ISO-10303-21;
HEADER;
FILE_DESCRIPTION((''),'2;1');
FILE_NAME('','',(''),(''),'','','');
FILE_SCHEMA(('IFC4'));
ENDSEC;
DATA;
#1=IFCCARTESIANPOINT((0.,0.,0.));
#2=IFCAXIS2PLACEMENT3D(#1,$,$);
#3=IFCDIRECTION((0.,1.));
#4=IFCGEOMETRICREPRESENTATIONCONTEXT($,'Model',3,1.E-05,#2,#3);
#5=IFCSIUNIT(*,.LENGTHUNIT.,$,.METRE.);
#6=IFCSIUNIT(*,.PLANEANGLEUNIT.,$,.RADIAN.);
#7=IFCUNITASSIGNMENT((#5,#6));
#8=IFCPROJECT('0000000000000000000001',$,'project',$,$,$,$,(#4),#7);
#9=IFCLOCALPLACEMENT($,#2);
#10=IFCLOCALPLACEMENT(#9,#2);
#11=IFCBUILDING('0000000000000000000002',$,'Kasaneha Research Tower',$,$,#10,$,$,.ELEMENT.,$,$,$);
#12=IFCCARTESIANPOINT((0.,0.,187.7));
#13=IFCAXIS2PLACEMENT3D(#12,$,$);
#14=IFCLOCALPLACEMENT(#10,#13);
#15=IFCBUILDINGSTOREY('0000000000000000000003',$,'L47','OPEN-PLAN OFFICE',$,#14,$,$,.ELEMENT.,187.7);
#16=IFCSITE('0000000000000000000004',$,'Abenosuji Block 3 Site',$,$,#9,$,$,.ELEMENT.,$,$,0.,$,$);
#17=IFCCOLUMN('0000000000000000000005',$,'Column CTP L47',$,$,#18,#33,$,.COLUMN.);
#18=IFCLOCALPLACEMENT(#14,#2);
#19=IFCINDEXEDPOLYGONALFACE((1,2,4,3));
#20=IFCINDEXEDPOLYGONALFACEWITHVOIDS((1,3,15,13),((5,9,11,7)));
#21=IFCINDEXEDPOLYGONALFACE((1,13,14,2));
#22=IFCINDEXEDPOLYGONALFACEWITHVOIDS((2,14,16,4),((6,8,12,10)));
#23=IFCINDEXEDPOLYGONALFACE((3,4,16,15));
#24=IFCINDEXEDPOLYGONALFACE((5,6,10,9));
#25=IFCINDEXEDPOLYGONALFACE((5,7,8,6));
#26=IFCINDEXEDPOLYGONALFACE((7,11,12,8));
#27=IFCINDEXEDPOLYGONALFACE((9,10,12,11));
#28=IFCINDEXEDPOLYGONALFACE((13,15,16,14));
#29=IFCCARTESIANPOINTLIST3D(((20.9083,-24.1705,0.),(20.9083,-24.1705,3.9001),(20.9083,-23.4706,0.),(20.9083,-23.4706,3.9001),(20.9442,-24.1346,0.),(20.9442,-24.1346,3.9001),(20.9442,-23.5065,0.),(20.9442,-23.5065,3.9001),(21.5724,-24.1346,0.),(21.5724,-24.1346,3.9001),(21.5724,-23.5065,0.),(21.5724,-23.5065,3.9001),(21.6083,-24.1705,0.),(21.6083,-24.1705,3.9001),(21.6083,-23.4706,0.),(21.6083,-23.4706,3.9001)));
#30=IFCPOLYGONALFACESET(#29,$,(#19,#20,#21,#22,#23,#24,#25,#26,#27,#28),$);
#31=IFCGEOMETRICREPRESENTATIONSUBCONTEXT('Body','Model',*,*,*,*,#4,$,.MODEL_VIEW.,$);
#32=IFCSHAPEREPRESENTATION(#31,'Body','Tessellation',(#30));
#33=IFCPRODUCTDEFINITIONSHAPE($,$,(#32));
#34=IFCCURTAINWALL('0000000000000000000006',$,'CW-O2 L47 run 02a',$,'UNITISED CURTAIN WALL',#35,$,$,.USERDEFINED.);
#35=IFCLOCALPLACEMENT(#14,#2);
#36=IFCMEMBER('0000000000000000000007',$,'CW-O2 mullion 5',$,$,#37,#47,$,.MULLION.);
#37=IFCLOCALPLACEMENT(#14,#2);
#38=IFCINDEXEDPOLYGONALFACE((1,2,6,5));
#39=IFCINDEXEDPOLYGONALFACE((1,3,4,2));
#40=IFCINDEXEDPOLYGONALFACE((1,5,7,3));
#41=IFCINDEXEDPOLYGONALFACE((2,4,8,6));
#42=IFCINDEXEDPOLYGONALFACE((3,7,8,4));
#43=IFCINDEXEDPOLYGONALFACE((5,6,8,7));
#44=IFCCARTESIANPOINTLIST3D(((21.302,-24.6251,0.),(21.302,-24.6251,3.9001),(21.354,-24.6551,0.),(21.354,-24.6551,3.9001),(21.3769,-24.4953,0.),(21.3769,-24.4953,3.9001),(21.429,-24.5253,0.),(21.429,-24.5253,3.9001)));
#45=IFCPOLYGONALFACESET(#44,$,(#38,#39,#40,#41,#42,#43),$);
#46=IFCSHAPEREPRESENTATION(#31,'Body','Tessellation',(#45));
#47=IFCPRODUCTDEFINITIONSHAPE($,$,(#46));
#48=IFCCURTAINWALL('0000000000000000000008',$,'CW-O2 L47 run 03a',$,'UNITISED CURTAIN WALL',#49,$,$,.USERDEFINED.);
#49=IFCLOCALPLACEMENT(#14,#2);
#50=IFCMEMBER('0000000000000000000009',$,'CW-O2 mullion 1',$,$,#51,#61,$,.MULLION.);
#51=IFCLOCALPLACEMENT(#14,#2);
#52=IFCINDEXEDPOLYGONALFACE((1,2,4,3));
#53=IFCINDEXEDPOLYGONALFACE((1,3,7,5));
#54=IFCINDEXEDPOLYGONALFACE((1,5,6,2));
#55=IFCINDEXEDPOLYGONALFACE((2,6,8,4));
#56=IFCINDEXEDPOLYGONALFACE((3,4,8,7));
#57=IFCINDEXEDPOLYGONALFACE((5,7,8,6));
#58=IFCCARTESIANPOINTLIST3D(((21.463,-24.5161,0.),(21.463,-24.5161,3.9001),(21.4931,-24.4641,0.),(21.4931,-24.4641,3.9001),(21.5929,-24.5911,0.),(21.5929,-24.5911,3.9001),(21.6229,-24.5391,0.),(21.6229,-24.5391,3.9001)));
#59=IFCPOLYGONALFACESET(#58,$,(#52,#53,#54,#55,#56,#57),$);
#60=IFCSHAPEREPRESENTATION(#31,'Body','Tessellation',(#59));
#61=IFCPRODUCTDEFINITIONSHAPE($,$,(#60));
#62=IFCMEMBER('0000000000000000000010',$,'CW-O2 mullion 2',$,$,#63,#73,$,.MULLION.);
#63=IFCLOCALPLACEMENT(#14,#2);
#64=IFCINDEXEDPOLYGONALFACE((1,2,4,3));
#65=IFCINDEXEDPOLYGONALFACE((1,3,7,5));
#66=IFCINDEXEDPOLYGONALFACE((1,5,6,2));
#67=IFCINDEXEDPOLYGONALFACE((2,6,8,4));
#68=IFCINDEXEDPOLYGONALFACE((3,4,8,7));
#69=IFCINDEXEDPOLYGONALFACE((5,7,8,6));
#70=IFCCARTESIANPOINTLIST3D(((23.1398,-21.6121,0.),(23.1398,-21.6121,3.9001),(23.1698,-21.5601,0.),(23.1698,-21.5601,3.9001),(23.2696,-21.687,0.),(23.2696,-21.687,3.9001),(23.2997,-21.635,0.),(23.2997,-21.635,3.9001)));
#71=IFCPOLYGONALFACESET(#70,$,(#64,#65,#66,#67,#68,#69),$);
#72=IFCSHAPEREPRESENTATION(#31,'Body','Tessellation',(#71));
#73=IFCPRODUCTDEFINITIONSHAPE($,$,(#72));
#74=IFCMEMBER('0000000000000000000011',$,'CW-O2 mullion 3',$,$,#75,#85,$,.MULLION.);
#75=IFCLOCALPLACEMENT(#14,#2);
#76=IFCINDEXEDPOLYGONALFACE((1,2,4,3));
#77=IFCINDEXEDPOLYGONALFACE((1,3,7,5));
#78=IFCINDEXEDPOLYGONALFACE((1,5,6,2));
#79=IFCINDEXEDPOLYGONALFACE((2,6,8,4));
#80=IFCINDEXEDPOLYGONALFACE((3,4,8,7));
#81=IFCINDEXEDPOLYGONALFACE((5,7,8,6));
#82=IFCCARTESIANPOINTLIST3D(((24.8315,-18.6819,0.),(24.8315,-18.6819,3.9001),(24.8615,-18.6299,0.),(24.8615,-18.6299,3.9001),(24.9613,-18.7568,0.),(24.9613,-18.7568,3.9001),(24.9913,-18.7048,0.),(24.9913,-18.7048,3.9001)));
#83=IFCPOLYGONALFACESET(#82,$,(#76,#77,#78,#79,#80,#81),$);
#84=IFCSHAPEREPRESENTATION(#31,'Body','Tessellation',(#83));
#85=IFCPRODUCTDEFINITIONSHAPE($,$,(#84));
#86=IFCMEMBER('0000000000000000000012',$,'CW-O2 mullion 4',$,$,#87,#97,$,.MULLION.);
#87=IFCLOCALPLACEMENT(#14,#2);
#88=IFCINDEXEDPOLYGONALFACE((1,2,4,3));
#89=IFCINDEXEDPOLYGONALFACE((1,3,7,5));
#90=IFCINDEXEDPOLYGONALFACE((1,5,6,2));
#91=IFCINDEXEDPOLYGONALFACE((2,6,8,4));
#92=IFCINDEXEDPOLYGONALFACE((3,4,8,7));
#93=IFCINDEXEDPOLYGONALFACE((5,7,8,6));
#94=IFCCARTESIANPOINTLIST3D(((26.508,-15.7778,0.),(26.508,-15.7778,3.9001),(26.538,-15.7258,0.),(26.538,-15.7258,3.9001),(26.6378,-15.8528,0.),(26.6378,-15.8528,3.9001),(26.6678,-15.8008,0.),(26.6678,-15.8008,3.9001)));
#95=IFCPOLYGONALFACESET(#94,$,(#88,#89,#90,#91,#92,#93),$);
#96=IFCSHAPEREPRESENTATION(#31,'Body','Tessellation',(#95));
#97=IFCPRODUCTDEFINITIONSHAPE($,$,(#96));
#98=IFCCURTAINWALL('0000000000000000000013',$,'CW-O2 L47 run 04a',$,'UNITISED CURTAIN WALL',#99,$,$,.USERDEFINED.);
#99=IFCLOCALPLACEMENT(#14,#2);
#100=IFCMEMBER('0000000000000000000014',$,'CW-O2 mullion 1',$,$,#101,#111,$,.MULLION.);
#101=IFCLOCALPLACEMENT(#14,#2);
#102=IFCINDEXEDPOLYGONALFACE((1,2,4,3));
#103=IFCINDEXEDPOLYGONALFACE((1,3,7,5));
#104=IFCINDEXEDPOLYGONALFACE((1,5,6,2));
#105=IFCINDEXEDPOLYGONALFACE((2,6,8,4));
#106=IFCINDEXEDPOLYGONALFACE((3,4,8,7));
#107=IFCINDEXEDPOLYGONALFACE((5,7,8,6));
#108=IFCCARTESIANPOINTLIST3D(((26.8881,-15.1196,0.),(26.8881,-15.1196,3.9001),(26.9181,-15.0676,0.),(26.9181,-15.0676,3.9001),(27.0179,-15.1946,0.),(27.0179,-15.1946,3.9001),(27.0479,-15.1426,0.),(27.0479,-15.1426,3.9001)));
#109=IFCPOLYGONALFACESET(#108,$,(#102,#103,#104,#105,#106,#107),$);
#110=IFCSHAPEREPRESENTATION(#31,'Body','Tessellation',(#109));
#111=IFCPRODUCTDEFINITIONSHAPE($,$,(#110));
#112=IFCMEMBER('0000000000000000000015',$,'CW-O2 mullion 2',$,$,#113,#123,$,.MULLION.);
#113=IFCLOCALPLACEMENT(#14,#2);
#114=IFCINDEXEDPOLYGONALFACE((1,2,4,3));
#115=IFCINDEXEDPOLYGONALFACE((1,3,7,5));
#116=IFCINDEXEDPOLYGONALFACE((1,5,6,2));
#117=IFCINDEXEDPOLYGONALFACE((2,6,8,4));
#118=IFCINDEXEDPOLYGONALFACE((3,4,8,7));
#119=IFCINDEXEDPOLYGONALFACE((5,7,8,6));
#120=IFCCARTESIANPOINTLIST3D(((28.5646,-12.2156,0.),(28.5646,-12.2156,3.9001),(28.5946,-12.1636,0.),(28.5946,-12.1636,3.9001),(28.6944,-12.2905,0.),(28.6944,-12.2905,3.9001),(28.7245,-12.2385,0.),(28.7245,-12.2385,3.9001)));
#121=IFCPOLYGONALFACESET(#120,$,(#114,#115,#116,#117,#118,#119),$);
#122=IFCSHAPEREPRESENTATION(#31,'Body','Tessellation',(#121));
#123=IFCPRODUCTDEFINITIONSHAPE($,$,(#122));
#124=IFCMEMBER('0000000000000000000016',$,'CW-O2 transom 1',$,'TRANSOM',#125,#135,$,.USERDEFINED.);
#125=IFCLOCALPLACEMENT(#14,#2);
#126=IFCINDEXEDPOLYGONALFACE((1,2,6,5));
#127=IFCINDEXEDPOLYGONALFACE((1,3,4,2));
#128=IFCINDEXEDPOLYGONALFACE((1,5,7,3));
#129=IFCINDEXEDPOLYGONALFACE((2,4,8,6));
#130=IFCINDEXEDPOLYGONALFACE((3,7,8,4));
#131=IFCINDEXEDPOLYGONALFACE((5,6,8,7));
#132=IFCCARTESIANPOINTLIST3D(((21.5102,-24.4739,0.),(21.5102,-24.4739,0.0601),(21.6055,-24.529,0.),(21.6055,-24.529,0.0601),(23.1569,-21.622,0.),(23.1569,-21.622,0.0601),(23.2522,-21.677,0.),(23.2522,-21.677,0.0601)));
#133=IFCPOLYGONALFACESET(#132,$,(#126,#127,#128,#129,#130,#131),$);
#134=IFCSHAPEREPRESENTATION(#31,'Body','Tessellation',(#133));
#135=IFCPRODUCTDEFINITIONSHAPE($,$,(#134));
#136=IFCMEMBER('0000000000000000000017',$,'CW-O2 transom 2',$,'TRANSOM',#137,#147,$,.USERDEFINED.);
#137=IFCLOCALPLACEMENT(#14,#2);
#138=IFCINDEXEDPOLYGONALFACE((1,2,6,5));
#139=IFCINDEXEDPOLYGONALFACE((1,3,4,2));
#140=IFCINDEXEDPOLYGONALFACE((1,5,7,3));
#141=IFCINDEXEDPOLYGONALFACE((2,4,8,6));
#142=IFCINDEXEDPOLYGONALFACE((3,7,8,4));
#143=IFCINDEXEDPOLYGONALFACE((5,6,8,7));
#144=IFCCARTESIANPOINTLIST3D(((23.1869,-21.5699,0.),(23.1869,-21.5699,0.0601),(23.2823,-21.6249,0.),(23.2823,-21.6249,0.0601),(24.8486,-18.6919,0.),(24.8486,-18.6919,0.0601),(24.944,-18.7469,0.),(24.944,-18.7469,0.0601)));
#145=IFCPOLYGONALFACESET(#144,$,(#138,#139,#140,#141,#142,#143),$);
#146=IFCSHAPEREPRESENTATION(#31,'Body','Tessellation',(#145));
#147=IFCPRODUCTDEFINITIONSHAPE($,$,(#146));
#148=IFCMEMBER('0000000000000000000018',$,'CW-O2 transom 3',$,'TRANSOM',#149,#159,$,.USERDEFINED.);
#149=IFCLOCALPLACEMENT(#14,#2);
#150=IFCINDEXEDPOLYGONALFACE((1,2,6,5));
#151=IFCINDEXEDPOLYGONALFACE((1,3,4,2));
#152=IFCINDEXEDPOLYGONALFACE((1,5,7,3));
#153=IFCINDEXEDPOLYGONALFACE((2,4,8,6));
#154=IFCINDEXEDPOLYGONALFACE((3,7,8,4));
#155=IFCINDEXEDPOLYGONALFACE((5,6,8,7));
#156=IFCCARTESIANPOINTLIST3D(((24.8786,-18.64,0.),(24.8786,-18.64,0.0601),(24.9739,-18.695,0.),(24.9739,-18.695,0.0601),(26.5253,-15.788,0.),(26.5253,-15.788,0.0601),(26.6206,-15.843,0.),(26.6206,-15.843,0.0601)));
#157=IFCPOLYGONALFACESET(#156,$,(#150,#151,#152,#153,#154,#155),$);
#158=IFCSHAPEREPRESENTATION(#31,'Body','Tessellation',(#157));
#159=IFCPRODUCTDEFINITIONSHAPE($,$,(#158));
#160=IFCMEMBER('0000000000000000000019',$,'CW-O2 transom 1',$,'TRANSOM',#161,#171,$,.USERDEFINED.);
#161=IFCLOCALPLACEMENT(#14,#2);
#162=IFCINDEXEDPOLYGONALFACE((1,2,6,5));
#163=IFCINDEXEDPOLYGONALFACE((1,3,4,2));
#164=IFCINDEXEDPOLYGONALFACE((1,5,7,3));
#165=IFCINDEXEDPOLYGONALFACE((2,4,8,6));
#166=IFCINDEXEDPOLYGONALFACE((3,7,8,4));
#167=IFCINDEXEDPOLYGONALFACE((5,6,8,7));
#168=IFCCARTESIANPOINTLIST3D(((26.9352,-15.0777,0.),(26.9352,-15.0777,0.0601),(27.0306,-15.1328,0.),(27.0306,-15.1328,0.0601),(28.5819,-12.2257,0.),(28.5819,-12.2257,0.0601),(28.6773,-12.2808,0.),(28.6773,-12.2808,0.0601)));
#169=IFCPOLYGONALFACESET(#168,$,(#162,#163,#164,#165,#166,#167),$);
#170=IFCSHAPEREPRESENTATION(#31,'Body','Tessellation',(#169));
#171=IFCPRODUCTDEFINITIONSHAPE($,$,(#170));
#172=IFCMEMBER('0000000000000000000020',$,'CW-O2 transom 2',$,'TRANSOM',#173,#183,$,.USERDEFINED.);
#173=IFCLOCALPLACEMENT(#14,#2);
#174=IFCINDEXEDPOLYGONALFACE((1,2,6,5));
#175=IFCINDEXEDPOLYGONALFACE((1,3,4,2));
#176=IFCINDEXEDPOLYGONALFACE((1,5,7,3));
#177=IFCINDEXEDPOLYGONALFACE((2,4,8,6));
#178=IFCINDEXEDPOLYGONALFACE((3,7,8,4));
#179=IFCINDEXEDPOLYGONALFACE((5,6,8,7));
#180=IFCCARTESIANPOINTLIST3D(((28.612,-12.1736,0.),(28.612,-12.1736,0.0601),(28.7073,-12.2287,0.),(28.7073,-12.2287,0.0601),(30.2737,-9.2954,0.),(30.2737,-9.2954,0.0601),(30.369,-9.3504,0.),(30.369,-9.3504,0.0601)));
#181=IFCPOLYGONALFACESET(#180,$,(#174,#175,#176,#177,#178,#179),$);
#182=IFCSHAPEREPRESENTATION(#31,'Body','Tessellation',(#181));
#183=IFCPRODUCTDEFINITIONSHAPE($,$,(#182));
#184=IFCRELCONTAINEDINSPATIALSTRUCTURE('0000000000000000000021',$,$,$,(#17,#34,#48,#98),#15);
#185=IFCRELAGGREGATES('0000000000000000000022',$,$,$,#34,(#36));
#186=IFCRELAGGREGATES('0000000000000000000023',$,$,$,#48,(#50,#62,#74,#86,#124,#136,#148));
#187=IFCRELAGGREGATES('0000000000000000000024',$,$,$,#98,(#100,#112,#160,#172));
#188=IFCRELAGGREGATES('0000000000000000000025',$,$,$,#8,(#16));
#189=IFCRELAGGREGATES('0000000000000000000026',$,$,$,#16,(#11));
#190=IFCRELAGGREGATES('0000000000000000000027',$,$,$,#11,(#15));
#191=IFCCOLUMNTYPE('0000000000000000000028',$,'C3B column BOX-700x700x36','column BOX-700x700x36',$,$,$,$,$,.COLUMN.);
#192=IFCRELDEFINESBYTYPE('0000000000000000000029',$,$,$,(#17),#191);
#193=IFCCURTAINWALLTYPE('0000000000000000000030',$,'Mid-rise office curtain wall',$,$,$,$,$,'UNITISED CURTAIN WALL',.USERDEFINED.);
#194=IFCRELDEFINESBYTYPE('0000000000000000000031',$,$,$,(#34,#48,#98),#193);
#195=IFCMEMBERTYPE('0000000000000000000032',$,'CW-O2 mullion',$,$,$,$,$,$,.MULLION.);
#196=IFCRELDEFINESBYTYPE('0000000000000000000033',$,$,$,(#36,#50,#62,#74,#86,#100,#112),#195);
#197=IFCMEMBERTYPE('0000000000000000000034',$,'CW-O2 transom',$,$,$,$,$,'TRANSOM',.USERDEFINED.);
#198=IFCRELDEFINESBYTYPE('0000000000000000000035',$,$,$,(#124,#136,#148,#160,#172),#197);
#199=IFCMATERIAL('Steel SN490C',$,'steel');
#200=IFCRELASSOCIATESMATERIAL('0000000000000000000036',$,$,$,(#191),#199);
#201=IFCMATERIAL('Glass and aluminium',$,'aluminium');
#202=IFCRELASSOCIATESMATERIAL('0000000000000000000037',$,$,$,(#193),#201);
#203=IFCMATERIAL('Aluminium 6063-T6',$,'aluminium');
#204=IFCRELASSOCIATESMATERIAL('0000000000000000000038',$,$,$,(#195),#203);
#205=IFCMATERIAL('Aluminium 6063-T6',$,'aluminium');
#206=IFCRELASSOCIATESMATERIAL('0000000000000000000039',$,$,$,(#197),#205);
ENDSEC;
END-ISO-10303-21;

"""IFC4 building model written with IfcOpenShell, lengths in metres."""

from ifc_helpers import new_model, si_unit, direction, frame, origin, origin_2d, place, context, subcontext, project, spatial, rectangle, hollow_rectangle, extrude, material, material_profile, profile_set, type_object, element, aggregate, save


model = new_model("IFC4")

# Units and contexts
model_context = context("Model", 3, precision=1e-05, world=origin(), true_north=direction((0.0, 1.0)))
body_context = subcontext(model_context, "Body", "Model", "MODEL_VIEW")
ifc_project = project(units=[si_unit("LENGTHUNIT", "METRE"), si_unit("PLANEANGLEUNIT", "RADIAN")], contexts=[model_context])

# Site, building, storey
site_placement = place(None, origin())
site = spatial("IfcSite", under=ifc_project, at=site_placement, Name="Abenosuji Block 3 Site", CompositionType="ELEMENT", RefElevation=0.0)
building_placement = place(site_placement, origin())
building = spatial("IfcBuilding", under=site, at=building_placement, Name="Kasaneha Research Tower", CompositionType="ELEMENT")
storey_placement = place(building_placement, frame((0.0, 0.0, 187.7)))
storey = spatial("IfcBuildingStorey", under=building, at=storey_placement, Name="L47", Description="OPEN-PLAN OFFICE", CompositionType="ELEMENT", Elevation=187.7)

# Column
ifc_material_1 = material(Name="Steel SN490C", Category="steel")
ifc_material_profile_1 = material_profile(ifc_material_1, hollow_rectangle(XDim=0.7, YDim=0.7, WallThickness=0.0359, at=origin_2d()), Name="BOX-700x700x36")
ifc_profile_set_1 = profile_set([ifc_material_profile_1], Name="Steel SN490C")
column_type = type_object("IfcColumnType", Name="C3B column BOX-700x700x36", Description="column BOX-700x700x36", PredefinedType="COLUMN", material=ifc_profile_set_1)
column_placement = place(storey_placement, frame((21.2583, -23.8206, 0.0), z_axis=(0.0, 0.0, 1.0), x_axis=(1.0, 0.0, 0.0)))
element("IfcColumn", 1, at=column_placement, inside=storey, type_object=column_type, Name="Column CTP L47", PredefinedType="COLUMN", context=body_context, shape_type="SweptSolid", body=[
    extrude(hollow_rectangle(XDim=0.7, YDim=0.7, WallThickness=0.0359, at=origin_2d()), origin(), (0.0, 0.0, 1.0), 3.9001),
])

# Curtain wall, member
ifc_material_2 = material(Name="Glass and aluminium", Category="aluminium")
curtain_wall_type = type_object("IfcCurtainWallType", Name="Mid-rise office curtain wall", ElementType="UNITISED CURTAIN WALL", PredefinedType="USERDEFINED", material=ifc_material_2)
curtain_wall_1_placement = place(storey_placement, origin())
curtain_wall_1 = element("IfcCurtainWall", 2, at=curtain_wall_1_placement, inside=storey, type_object=curtain_wall_type, Name="CW-O2 L47 run 02a", ObjectType="UNITISED CURTAIN WALL", PredefinedType="USERDEFINED")
ifc_material_3 = material(Name="Aluminium 6063-T6", Category="aluminium")
ifc_material_profile_2 = material_profile(ifc_material_3, rectangle(XDim=0.0601, YDim=0.1499, at=origin_2d()), Name="CW-O2 mullion 60x150")
ifc_profile_set_2 = profile_set([ifc_material_profile_2], Name="Aluminium 6063-T6")
member_type_1 = type_object("IfcMemberType", Name="CW-O2 mullion", PredefinedType="MULLION", material=ifc_profile_set_2)
member_1_placement = place(storey_placement, frame((21.3655, -24.5752, 0.0), z_axis=(0.0, 0.0, 1.0), x_axis=(0.866025, -0.5, 0.0)))
member_1 = element("IfcMember", 3, at=member_1_placement, type_object=member_type_1, Name="CW-O2 mullion 5", PredefinedType="MULLION", context=body_context, shape_type="SweptSolid", body=[
    extrude(rectangle(XDim=0.0601, YDim=0.1499, at=origin_2d()), origin(), (0.0, 0.0, 1.0), 3.9001),
])

# Curtain walls, members
curtain_wall_2_placement = place(storey_placement, origin())
curtain_wall_2 = element("IfcCurtainWall", 4, at=curtain_wall_2_placement, inside=storey, type_object=curtain_wall_type, Name="CW-O2 L47 run 03a", ObjectType="UNITISED CURTAIN WALL", PredefinedType="USERDEFINED")
member_2_placement = place(storey_placement, frame((21.543, -24.5276, 0.0), z_axis=(0.0, 0.0, 1.0), x_axis=(0.5, 0.866025, 0.0)))
member_2 = element("IfcMember", 5, at=member_2_placement, type_object=member_type_1, Name="CW-O2 mullion 1", PredefinedType="MULLION", context=body_context, shape_type="SweptSolid", body=[
    extrude(rectangle(XDim=0.0601, YDim=0.1499, at=origin_2d()), origin(), (0.0, 0.0, 1.0), 3.9001),
])
member_3_placement = place(storey_placement, frame((23.2197, -21.6235, 0.0), z_axis=(0.0, 0.0, 1.0), x_axis=(0.5, 0.866025, 0.0)))
member_3 = element("IfcMember", 6, at=member_3_placement, type_object=member_type_1, Name="CW-O2 mullion 2", PredefinedType="MULLION", context=body_context, shape_type="SweptSolid", body=[
    extrude(rectangle(XDim=0.0601, YDim=0.1499, at=origin_2d()), origin(), (0.0, 0.0, 1.0), 3.9001),
])
member_4_placement = place(storey_placement, frame((24.9114, -18.6934, 0.0), z_axis=(0.0, 0.0, 1.0), x_axis=(0.5, 0.866025, 0.0)))
member_4 = element("IfcMember", 7, at=member_4_placement, type_object=member_type_1, Name="CW-O2 mullion 3", PredefinedType="MULLION", context=body_context, shape_type="SweptSolid", body=[
    extrude(rectangle(XDim=0.0601, YDim=0.1499, at=origin_2d()), origin(), (0.0, 0.0, 1.0), 3.9001),
])
member_5_placement = place(storey_placement, frame((26.5879, -15.7893, 0.0), z_axis=(0.0, 0.0, 1.0), x_axis=(0.5, 0.866025, 0.0)))
member_5 = element("IfcMember", 8, at=member_5_placement, type_object=member_type_1, Name="CW-O2 mullion 4", PredefinedType="MULLION", context=body_context, shape_type="SweptSolid", body=[
    extrude(rectangle(XDim=0.0601, YDim=0.1499, at=origin_2d()), origin(), (0.0, 0.0, 1.0), 3.9001),
])
curtain_wall_3_placement = place(storey_placement, origin())
curtain_wall_3 = element("IfcCurtainWall", 9, at=curtain_wall_3_placement, inside=storey, type_object=curtain_wall_type, Name="CW-O2 L47 run 04a", ObjectType="UNITISED CURTAIN WALL", PredefinedType="USERDEFINED")
member_6_placement = place(storey_placement, frame((26.968, -15.1311, 0.0), z_axis=(0.0, 0.0, 1.0), x_axis=(0.5, 0.866025, 0.0)))
member_6 = element("IfcMember", 10, at=member_6_placement, type_object=member_type_1, Name="CW-O2 mullion 1", PredefinedType="MULLION", context=body_context, shape_type="SweptSolid", body=[
    extrude(rectangle(XDim=0.0601, YDim=0.1499, at=origin_2d()), origin(), (0.0, 0.0, 1.0), 3.9001),
])
member_7_placement = place(storey_placement, frame((28.6445, -12.2271, 0.0), z_axis=(0.0, 0.0, 1.0), x_axis=(0.5, 0.866025, 0.0)))
member_7 = element("IfcMember", 11, at=member_7_placement, type_object=member_type_1, Name="CW-O2 mullion 2", PredefinedType="MULLION", context=body_context, shape_type="SweptSolid", body=[
    extrude(rectangle(XDim=0.0601, YDim=0.1499, at=origin_2d()), origin(), (0.0, 0.0, 1.0), 3.9001),
])

# Members
ifc_material_4 = material(Name="Aluminium 6063-T6", Category="aluminium")
ifc_material_profile_3 = material_profile(ifc_material_4, rectangle(XDim=0.1101, YDim=0.0601, at=origin_2d()), Name="CW-O2 transom 110x60")
ifc_profile_set_3 = profile_set([ifc_material_profile_3], Name="Aluminium 6063-T6")
member_type_2 = type_object("IfcMemberType", Name="CW-O2 transom", ElementType="TRANSOM", PredefinedType="USERDEFINED", material=ifc_profile_set_3)
member_8_placement = place(storey_placement, frame((21.5579, -24.5015, 0.03), z_axis=(0.500022, 0.866013, 0.0), x_axis=(-0.866013, 0.500022, 0.0)))
member_8 = element("IfcMember", 12, at=member_8_placement, type_object=member_type_2, Name="CW-O2 transom 1", ObjectType="TRANSOM", PredefinedType="USERDEFINED", context=body_context, shape_type="SweptSolid", body=[
    extrude(rectangle(XDim=0.1101, YDim=0.0601, at=origin_2d()), origin(), (0.0, 0.0, 1.0), 3.2932),
])
member_9_placement = place(storey_placement, frame((23.2346, -21.5974, 0.03), z_axis=(0.500011, 0.866019, 0.0), x_axis=(-0.866019, 0.500011, 0.0)))
member_9 = element("IfcMember", 13, at=member_9_placement, type_object=member_type_2, Name="CW-O2 transom 2", ObjectType="TRANSOM", PredefinedType="USERDEFINED", context=body_context, shape_type="SweptSolid", body=[
    extrude(rectangle(XDim=0.1101, YDim=0.0601, at=origin_2d()), origin(), (0.0, 0.0, 1.0), 3.3232),
])
member_10_placement = place(storey_placement, frame((24.9263, -18.6675, 0.03), z_axis=(0.500022, 0.866013, 0.0), x_axis=(-0.866013, 0.500022, 0.0)))
member_10 = element("IfcMember", 14, at=member_10_placement, type_object=member_type_2, Name="CW-O2 transom 3", ObjectType="TRANSOM", PredefinedType="USERDEFINED", context=body_context, shape_type="SweptSolid", body=[
    extrude(rectangle(XDim=0.1101, YDim=0.0601, at=origin_2d()), origin(), (0.0, 0.0, 1.0), 3.2932),
])
member_11_placement = place(storey_placement, frame((26.9829, -15.1052, 0.03), z_axis=(0.500022, 0.866013, 0.0), x_axis=(-0.866013, 0.500022, 0.0)))
member_11 = element("IfcMember", 15, at=member_11_placement, type_object=member_type_2, Name="CW-O2 transom 1", ObjectType="TRANSOM", PredefinedType="USERDEFINED", context=body_context, shape_type="SweptSolid", body=[
    extrude(rectangle(XDim=0.1101, YDim=0.0601, at=origin_2d()), origin(), (0.0, 0.0, 1.0), 3.2932),
])
member_12_placement = place(storey_placement, frame((28.6597, -12.2012, 0.03), z_axis=(0.499979, 0.866038, 0.0), x_axis=(-0.866038, 0.499979, 0.0)))
member_12 = element("IfcMember", 16, at=member_12_placement, type_object=member_type_2, Name="CW-O2 transom 2", ObjectType="TRANSOM", PredefinedType="USERDEFINED", context=body_context, shape_type="SweptSolid", body=[
    extrude(rectangle(XDim=0.1101, YDim=0.0601, at=origin_2d()), origin(), (0.0, 0.0, 1.0), 3.3235),
])

aggregate(curtain_wall_1, [member_1])
aggregate(curtain_wall_2, [member_2, member_3, member_4, member_5, member_8, member_9, member_10])
aggregate(curtain_wall_3, [member_6, member_7, member_11, member_12])

save(model, "model.ifc")
